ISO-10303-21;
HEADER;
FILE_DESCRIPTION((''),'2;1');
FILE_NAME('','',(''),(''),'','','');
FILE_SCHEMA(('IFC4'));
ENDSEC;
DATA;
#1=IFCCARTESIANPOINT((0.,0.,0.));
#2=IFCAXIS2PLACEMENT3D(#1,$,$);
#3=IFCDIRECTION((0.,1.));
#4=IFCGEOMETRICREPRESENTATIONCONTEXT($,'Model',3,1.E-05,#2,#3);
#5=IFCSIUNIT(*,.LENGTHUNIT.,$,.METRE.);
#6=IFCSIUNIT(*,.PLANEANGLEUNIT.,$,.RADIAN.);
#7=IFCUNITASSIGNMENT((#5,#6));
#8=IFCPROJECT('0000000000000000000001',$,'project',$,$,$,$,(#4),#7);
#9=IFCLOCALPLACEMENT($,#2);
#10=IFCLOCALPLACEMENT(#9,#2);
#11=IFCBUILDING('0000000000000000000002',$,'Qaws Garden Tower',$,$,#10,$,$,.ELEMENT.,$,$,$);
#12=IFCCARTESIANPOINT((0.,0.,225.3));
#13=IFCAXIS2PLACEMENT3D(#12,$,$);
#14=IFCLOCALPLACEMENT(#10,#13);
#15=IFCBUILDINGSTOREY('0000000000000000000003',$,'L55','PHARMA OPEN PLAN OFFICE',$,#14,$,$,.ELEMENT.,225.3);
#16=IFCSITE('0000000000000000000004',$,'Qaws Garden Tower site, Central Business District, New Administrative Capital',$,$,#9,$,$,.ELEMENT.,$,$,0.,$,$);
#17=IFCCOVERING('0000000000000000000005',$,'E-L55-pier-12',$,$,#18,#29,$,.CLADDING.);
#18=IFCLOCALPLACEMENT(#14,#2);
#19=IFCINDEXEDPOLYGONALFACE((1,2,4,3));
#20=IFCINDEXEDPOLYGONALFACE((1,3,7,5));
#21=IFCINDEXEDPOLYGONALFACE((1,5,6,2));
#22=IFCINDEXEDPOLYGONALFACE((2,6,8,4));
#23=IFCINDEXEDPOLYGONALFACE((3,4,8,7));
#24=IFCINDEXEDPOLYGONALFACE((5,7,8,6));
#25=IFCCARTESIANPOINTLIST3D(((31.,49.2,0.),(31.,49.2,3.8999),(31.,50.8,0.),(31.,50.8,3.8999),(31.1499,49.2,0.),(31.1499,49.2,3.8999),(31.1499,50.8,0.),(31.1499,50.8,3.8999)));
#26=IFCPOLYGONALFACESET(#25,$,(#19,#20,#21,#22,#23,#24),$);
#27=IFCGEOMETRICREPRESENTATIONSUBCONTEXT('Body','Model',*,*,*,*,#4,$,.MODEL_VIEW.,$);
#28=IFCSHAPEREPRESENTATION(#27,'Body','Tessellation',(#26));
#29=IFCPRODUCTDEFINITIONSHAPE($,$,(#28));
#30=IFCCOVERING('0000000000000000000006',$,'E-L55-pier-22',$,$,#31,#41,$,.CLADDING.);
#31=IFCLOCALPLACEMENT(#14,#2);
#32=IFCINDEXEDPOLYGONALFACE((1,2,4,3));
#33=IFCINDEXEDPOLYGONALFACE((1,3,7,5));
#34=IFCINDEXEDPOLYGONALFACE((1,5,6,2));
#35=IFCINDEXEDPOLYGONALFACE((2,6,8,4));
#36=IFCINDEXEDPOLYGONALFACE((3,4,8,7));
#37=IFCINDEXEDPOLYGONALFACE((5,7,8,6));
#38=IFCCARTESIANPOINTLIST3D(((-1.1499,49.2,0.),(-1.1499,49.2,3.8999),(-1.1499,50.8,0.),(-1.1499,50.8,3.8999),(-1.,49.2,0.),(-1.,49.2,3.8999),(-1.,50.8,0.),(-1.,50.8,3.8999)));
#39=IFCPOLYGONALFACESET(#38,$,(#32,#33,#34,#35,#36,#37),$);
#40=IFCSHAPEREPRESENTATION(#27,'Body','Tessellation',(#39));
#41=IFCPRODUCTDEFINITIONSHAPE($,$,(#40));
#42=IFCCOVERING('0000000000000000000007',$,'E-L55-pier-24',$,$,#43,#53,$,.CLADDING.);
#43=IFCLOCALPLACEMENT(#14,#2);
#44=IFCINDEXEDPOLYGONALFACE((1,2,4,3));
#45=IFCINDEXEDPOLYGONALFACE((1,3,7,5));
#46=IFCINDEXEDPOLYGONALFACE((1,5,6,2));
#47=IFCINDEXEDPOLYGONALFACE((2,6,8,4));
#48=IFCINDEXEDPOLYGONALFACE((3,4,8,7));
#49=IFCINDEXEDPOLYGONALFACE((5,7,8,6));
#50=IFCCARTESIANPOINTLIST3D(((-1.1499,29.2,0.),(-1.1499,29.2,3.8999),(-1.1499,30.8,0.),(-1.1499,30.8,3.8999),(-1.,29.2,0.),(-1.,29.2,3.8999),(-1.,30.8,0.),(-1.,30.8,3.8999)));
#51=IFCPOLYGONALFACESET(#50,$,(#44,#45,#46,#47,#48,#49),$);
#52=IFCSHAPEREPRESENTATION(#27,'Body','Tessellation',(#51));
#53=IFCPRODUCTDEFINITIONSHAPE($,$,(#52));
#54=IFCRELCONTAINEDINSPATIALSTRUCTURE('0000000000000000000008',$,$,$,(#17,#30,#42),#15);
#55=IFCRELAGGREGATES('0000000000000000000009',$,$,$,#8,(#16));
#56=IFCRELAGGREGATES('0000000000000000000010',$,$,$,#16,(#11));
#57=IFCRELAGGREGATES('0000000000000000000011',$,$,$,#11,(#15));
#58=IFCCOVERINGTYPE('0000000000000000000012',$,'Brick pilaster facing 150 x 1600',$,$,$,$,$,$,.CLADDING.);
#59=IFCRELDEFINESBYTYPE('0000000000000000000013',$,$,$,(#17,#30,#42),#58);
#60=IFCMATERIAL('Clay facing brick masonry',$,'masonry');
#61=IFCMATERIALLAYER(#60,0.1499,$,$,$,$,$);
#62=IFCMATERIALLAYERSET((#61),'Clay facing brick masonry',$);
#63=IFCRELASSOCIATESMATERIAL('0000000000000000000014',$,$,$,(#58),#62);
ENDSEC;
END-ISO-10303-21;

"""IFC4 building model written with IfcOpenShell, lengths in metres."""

from ifc_helpers import new_model, si_unit, direction, frame, origin, place, context, subcontext, project, spatial, polyline, outline, extrude, material, layer, layer_set, type_object, element, save


model = new_model("IFC4")

# Units and contexts
model_context = context("Model", 3, precision=1e-05, world=origin(), true_north=direction((0.0, 1.0)))
body_context = subcontext(model_context, "Body", "Model", "MODEL_VIEW")
ifc_project = project(units=[si_unit("LENGTHUNIT", "METRE"), si_unit("PLANEANGLEUNIT", "RADIAN")], contexts=[model_context])

# Site, building, storey
site_placement = place(None, origin())
site = spatial("IfcSite", under=ifc_project, at=site_placement, Name="Qaws Garden Tower site, Central Business District, New Administrative Capital", CompositionType="ELEMENT", RefElevation=0.0)
building_placement = place(site_placement, origin())
building = spatial("IfcBuilding", under=site, at=building_placement, Name="Qaws Garden Tower", CompositionType="ELEMENT")
storey_placement = place(building_placement, frame((0.0, 0.0, 225.3)))
storey = spatial("IfcBuildingStorey", under=building, at=storey_placement, Name="L55", Description="PHARMA OPEN PLAN OFFICE", CompositionType="ELEMENT", Elevation=225.3)

# Shared definitions
placement = place(storey_placement, origin())

# Coverings
ifc_material_1 = material(Name="Clay facing brick masonry", Category="masonry")
ifc_layer_1 = layer(ifc_material_1, 0.1499)
ifc_layer_set_1 = layer_set([ifc_layer_1], Name="Clay facing brick masonry")
covering_type = type_object("IfcCoveringType", Name="Brick pilaster facing 150 x 1600", PredefinedType="CLADDING", material=ifc_layer_set_1)
element("IfcCovering", 1, at=placement, inside=storey, type_object=covering_type, Name="E-L55-pier-12", PredefinedType="CLADDING", context=body_context, shape_type="SweptSolid", body=[
    extrude(outline(polyline([(31.0, 49.2), (31.0, 50.8), (31.1499, 50.8), (31.1499, 49.2), (31.0, 49.2)])), origin(), (0.0, 0.0, 1.0), 3.8999),
])
element("IfcCovering", 2, at=placement, inside=storey, type_object=covering_type, Name="E-L55-pier-22", PredefinedType="CLADDING", context=body_context, shape_type="SweptSolid", body=[
    extrude(outline(polyline([(-1.0, 50.8), (-1.0, 49.2), (-1.1499, 49.2), (-1.1499, 50.8), (-1.0, 50.8)])), origin(), (0.0, 0.0, 1.0), 3.8999),
])
element("IfcCovering", 3, at=placement, inside=storey, type_object=covering_type, Name="E-L55-pier-24", PredefinedType="CLADDING", context=body_context, shape_type="SweptSolid", body=[
    extrude(outline(polyline([(-1.0, 30.8), (-1.0, 29.2), (-1.1499, 29.2), (-1.1499, 30.8), (-1.0, 30.8)])), origin(), (0.0, 0.0, 1.0), 3.8999),
])

save(model, "model.ifc")
